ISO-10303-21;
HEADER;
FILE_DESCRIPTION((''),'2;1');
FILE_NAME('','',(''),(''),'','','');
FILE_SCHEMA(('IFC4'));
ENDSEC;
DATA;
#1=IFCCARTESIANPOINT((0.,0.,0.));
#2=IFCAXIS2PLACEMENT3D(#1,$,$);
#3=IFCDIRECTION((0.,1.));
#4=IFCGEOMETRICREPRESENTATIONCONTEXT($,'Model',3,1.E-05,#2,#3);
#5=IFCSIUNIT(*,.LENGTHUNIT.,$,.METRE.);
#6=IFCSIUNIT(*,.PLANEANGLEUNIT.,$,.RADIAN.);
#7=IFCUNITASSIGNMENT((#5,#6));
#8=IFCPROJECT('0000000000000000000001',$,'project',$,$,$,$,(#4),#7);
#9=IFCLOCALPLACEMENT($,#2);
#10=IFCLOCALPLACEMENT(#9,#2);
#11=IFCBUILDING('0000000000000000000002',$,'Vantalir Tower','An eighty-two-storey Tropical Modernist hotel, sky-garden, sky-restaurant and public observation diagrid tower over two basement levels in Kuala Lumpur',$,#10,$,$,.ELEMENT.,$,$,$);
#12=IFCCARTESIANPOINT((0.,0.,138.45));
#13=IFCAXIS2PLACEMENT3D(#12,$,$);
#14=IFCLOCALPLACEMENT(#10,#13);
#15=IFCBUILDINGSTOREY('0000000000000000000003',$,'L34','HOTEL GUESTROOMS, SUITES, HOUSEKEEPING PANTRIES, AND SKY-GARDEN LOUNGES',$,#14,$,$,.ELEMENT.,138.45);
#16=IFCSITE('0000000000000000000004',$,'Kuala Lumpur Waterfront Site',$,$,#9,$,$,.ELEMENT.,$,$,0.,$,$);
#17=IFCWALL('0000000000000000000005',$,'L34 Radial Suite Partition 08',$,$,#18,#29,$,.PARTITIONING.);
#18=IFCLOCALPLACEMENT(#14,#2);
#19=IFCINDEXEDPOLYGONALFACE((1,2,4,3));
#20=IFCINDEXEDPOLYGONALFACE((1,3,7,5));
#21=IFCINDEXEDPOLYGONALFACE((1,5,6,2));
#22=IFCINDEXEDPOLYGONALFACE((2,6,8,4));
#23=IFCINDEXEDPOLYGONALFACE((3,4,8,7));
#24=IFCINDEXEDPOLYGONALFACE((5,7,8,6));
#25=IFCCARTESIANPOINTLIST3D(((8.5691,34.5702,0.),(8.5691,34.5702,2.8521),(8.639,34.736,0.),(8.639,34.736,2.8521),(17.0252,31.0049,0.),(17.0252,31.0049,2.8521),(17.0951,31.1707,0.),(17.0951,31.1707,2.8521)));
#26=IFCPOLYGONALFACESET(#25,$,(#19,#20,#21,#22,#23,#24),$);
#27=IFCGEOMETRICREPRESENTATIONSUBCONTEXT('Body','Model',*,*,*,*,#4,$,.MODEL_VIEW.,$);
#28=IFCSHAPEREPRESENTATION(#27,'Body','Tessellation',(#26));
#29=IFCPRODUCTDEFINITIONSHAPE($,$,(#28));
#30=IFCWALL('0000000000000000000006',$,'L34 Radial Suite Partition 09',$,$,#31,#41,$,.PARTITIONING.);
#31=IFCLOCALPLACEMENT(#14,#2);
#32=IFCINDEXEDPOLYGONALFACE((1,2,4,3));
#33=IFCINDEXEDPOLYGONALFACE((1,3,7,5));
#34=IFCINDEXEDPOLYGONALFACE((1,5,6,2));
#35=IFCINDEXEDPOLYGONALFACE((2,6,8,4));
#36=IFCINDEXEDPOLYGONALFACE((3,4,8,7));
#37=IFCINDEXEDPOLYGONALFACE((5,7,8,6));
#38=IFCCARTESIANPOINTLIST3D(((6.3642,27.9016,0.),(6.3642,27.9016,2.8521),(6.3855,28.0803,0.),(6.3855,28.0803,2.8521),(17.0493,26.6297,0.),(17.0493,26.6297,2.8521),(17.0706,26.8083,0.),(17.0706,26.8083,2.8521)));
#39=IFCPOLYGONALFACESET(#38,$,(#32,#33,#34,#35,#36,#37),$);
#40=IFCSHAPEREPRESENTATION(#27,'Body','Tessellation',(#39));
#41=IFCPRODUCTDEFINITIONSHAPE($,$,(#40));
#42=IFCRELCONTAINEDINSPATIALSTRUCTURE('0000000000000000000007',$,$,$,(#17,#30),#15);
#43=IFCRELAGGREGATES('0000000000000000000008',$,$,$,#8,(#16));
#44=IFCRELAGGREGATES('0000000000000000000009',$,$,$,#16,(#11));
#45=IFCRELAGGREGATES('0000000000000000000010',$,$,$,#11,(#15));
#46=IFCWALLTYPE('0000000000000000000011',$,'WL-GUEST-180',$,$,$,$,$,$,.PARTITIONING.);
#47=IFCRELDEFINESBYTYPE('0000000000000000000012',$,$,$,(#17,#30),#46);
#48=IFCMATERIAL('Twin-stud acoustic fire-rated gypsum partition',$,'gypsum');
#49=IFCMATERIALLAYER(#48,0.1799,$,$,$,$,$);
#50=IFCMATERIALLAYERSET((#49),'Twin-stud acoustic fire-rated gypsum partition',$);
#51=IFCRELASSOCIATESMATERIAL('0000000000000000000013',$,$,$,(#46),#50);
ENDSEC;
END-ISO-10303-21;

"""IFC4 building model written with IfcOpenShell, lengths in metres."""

from ifc_helpers import new_model, si_unit, direction, frame, frame_2d, origin, place, context, subcontext, project, spatial, rectangle, extrude, material, layer, layer_set, type_object, element, save


model = new_model("IFC4")

# Units and contexts
model_context = context("Model", 3, precision=1e-05, world=origin(), true_north=direction((0.0, 1.0)))
body_context = subcontext(model_context, "Body", "Model", "MODEL_VIEW")
ifc_project = project(units=[si_unit("LENGTHUNIT", "METRE"), si_unit("PLANEANGLEUNIT", "RADIAN")], contexts=[model_context])

# Site, building, storey
site_placement = place(None, origin())
site = spatial("IfcSite", under=ifc_project, at=site_placement, Name="Kuala Lumpur Waterfront Site", CompositionType="ELEMENT", RefElevation=0.0)
building_placement = place(site_placement, origin())
building = spatial("IfcBuilding", under=site, at=building_placement, Name="Vantalir Tower", Description="An eighty-two-storey Tropical Modernist hotel, sky-garden, sky-restaurant and public observation diagrid tower over two basement levels in Kuala Lumpur", CompositionType="ELEMENT")
storey_placement = place(building_placement, frame((0.0, 0.0, 138.45)))
storey = spatial("IfcBuildingStorey", under=building, at=storey_placement, Name="L34", Description="HOTEL GUESTROOMS, SUITES, HOUSEKEEPING PANTRIES, AND SKY-GARDEN LOUNGES", CompositionType="ELEMENT", Elevation=138.45)

# Walls
ifc_material_1 = material(Name="Twin-stud acoustic fire-rated gypsum partition", Category="gypsum")
ifc_layer_1 = layer(ifc_material_1, 0.1799)
ifc_layer_set_1 = layer_set([ifc_layer_1], Name="Twin-stud acoustic fire-rated gypsum partition")
wall_type_1 = type_object("IfcWallType", Name="WL-GUEST-180", PredefinedType="PARTITIONING", material=ifc_layer_set_1)
wall_1_placement = place(storey_placement, frame((17.0601, 31.0879, 0.0), z_axis=(0.0, 0.0, 1.0), x_axis=(-0.92145, 0.388496, 0.0)))
element("IfcWall", 1, at=wall_1_placement, inside=storey, type_object=wall_type_1, Name="L34 Radial Suite Partition 08", PredefinedType="PARTITIONING", context=body_context, shape_type="SweptSolid", body=[
    extrude(rectangle(XDim=9.177, YDim=0.1799, at=frame_2d((4.5884, 0.0))), origin(), (0.0, 0.0, 1.0), 2.8521),
])
wall_2_placement = place(storey_placement, frame((17.0601, 26.719, 0.0), z_axis=(0.0, 0.0, 1.0), x_axis=(-0.992989, 0.118208, 0.0)))
element("IfcWall", 2, at=wall_2_placement, inside=storey, type_object=wall_type_1, Name="L34 Radial Suite Partition 09", PredefinedType="PARTITIONING", context=body_context, shape_type="SweptSolid", body=[
    extrude(rectangle(XDim=10.7605, YDim=0.1799, at=frame_2d((5.3804, 0.0))), origin(), (0.0, 0.0, 1.0), 2.8521),
])

save(model, "model.ifc")
